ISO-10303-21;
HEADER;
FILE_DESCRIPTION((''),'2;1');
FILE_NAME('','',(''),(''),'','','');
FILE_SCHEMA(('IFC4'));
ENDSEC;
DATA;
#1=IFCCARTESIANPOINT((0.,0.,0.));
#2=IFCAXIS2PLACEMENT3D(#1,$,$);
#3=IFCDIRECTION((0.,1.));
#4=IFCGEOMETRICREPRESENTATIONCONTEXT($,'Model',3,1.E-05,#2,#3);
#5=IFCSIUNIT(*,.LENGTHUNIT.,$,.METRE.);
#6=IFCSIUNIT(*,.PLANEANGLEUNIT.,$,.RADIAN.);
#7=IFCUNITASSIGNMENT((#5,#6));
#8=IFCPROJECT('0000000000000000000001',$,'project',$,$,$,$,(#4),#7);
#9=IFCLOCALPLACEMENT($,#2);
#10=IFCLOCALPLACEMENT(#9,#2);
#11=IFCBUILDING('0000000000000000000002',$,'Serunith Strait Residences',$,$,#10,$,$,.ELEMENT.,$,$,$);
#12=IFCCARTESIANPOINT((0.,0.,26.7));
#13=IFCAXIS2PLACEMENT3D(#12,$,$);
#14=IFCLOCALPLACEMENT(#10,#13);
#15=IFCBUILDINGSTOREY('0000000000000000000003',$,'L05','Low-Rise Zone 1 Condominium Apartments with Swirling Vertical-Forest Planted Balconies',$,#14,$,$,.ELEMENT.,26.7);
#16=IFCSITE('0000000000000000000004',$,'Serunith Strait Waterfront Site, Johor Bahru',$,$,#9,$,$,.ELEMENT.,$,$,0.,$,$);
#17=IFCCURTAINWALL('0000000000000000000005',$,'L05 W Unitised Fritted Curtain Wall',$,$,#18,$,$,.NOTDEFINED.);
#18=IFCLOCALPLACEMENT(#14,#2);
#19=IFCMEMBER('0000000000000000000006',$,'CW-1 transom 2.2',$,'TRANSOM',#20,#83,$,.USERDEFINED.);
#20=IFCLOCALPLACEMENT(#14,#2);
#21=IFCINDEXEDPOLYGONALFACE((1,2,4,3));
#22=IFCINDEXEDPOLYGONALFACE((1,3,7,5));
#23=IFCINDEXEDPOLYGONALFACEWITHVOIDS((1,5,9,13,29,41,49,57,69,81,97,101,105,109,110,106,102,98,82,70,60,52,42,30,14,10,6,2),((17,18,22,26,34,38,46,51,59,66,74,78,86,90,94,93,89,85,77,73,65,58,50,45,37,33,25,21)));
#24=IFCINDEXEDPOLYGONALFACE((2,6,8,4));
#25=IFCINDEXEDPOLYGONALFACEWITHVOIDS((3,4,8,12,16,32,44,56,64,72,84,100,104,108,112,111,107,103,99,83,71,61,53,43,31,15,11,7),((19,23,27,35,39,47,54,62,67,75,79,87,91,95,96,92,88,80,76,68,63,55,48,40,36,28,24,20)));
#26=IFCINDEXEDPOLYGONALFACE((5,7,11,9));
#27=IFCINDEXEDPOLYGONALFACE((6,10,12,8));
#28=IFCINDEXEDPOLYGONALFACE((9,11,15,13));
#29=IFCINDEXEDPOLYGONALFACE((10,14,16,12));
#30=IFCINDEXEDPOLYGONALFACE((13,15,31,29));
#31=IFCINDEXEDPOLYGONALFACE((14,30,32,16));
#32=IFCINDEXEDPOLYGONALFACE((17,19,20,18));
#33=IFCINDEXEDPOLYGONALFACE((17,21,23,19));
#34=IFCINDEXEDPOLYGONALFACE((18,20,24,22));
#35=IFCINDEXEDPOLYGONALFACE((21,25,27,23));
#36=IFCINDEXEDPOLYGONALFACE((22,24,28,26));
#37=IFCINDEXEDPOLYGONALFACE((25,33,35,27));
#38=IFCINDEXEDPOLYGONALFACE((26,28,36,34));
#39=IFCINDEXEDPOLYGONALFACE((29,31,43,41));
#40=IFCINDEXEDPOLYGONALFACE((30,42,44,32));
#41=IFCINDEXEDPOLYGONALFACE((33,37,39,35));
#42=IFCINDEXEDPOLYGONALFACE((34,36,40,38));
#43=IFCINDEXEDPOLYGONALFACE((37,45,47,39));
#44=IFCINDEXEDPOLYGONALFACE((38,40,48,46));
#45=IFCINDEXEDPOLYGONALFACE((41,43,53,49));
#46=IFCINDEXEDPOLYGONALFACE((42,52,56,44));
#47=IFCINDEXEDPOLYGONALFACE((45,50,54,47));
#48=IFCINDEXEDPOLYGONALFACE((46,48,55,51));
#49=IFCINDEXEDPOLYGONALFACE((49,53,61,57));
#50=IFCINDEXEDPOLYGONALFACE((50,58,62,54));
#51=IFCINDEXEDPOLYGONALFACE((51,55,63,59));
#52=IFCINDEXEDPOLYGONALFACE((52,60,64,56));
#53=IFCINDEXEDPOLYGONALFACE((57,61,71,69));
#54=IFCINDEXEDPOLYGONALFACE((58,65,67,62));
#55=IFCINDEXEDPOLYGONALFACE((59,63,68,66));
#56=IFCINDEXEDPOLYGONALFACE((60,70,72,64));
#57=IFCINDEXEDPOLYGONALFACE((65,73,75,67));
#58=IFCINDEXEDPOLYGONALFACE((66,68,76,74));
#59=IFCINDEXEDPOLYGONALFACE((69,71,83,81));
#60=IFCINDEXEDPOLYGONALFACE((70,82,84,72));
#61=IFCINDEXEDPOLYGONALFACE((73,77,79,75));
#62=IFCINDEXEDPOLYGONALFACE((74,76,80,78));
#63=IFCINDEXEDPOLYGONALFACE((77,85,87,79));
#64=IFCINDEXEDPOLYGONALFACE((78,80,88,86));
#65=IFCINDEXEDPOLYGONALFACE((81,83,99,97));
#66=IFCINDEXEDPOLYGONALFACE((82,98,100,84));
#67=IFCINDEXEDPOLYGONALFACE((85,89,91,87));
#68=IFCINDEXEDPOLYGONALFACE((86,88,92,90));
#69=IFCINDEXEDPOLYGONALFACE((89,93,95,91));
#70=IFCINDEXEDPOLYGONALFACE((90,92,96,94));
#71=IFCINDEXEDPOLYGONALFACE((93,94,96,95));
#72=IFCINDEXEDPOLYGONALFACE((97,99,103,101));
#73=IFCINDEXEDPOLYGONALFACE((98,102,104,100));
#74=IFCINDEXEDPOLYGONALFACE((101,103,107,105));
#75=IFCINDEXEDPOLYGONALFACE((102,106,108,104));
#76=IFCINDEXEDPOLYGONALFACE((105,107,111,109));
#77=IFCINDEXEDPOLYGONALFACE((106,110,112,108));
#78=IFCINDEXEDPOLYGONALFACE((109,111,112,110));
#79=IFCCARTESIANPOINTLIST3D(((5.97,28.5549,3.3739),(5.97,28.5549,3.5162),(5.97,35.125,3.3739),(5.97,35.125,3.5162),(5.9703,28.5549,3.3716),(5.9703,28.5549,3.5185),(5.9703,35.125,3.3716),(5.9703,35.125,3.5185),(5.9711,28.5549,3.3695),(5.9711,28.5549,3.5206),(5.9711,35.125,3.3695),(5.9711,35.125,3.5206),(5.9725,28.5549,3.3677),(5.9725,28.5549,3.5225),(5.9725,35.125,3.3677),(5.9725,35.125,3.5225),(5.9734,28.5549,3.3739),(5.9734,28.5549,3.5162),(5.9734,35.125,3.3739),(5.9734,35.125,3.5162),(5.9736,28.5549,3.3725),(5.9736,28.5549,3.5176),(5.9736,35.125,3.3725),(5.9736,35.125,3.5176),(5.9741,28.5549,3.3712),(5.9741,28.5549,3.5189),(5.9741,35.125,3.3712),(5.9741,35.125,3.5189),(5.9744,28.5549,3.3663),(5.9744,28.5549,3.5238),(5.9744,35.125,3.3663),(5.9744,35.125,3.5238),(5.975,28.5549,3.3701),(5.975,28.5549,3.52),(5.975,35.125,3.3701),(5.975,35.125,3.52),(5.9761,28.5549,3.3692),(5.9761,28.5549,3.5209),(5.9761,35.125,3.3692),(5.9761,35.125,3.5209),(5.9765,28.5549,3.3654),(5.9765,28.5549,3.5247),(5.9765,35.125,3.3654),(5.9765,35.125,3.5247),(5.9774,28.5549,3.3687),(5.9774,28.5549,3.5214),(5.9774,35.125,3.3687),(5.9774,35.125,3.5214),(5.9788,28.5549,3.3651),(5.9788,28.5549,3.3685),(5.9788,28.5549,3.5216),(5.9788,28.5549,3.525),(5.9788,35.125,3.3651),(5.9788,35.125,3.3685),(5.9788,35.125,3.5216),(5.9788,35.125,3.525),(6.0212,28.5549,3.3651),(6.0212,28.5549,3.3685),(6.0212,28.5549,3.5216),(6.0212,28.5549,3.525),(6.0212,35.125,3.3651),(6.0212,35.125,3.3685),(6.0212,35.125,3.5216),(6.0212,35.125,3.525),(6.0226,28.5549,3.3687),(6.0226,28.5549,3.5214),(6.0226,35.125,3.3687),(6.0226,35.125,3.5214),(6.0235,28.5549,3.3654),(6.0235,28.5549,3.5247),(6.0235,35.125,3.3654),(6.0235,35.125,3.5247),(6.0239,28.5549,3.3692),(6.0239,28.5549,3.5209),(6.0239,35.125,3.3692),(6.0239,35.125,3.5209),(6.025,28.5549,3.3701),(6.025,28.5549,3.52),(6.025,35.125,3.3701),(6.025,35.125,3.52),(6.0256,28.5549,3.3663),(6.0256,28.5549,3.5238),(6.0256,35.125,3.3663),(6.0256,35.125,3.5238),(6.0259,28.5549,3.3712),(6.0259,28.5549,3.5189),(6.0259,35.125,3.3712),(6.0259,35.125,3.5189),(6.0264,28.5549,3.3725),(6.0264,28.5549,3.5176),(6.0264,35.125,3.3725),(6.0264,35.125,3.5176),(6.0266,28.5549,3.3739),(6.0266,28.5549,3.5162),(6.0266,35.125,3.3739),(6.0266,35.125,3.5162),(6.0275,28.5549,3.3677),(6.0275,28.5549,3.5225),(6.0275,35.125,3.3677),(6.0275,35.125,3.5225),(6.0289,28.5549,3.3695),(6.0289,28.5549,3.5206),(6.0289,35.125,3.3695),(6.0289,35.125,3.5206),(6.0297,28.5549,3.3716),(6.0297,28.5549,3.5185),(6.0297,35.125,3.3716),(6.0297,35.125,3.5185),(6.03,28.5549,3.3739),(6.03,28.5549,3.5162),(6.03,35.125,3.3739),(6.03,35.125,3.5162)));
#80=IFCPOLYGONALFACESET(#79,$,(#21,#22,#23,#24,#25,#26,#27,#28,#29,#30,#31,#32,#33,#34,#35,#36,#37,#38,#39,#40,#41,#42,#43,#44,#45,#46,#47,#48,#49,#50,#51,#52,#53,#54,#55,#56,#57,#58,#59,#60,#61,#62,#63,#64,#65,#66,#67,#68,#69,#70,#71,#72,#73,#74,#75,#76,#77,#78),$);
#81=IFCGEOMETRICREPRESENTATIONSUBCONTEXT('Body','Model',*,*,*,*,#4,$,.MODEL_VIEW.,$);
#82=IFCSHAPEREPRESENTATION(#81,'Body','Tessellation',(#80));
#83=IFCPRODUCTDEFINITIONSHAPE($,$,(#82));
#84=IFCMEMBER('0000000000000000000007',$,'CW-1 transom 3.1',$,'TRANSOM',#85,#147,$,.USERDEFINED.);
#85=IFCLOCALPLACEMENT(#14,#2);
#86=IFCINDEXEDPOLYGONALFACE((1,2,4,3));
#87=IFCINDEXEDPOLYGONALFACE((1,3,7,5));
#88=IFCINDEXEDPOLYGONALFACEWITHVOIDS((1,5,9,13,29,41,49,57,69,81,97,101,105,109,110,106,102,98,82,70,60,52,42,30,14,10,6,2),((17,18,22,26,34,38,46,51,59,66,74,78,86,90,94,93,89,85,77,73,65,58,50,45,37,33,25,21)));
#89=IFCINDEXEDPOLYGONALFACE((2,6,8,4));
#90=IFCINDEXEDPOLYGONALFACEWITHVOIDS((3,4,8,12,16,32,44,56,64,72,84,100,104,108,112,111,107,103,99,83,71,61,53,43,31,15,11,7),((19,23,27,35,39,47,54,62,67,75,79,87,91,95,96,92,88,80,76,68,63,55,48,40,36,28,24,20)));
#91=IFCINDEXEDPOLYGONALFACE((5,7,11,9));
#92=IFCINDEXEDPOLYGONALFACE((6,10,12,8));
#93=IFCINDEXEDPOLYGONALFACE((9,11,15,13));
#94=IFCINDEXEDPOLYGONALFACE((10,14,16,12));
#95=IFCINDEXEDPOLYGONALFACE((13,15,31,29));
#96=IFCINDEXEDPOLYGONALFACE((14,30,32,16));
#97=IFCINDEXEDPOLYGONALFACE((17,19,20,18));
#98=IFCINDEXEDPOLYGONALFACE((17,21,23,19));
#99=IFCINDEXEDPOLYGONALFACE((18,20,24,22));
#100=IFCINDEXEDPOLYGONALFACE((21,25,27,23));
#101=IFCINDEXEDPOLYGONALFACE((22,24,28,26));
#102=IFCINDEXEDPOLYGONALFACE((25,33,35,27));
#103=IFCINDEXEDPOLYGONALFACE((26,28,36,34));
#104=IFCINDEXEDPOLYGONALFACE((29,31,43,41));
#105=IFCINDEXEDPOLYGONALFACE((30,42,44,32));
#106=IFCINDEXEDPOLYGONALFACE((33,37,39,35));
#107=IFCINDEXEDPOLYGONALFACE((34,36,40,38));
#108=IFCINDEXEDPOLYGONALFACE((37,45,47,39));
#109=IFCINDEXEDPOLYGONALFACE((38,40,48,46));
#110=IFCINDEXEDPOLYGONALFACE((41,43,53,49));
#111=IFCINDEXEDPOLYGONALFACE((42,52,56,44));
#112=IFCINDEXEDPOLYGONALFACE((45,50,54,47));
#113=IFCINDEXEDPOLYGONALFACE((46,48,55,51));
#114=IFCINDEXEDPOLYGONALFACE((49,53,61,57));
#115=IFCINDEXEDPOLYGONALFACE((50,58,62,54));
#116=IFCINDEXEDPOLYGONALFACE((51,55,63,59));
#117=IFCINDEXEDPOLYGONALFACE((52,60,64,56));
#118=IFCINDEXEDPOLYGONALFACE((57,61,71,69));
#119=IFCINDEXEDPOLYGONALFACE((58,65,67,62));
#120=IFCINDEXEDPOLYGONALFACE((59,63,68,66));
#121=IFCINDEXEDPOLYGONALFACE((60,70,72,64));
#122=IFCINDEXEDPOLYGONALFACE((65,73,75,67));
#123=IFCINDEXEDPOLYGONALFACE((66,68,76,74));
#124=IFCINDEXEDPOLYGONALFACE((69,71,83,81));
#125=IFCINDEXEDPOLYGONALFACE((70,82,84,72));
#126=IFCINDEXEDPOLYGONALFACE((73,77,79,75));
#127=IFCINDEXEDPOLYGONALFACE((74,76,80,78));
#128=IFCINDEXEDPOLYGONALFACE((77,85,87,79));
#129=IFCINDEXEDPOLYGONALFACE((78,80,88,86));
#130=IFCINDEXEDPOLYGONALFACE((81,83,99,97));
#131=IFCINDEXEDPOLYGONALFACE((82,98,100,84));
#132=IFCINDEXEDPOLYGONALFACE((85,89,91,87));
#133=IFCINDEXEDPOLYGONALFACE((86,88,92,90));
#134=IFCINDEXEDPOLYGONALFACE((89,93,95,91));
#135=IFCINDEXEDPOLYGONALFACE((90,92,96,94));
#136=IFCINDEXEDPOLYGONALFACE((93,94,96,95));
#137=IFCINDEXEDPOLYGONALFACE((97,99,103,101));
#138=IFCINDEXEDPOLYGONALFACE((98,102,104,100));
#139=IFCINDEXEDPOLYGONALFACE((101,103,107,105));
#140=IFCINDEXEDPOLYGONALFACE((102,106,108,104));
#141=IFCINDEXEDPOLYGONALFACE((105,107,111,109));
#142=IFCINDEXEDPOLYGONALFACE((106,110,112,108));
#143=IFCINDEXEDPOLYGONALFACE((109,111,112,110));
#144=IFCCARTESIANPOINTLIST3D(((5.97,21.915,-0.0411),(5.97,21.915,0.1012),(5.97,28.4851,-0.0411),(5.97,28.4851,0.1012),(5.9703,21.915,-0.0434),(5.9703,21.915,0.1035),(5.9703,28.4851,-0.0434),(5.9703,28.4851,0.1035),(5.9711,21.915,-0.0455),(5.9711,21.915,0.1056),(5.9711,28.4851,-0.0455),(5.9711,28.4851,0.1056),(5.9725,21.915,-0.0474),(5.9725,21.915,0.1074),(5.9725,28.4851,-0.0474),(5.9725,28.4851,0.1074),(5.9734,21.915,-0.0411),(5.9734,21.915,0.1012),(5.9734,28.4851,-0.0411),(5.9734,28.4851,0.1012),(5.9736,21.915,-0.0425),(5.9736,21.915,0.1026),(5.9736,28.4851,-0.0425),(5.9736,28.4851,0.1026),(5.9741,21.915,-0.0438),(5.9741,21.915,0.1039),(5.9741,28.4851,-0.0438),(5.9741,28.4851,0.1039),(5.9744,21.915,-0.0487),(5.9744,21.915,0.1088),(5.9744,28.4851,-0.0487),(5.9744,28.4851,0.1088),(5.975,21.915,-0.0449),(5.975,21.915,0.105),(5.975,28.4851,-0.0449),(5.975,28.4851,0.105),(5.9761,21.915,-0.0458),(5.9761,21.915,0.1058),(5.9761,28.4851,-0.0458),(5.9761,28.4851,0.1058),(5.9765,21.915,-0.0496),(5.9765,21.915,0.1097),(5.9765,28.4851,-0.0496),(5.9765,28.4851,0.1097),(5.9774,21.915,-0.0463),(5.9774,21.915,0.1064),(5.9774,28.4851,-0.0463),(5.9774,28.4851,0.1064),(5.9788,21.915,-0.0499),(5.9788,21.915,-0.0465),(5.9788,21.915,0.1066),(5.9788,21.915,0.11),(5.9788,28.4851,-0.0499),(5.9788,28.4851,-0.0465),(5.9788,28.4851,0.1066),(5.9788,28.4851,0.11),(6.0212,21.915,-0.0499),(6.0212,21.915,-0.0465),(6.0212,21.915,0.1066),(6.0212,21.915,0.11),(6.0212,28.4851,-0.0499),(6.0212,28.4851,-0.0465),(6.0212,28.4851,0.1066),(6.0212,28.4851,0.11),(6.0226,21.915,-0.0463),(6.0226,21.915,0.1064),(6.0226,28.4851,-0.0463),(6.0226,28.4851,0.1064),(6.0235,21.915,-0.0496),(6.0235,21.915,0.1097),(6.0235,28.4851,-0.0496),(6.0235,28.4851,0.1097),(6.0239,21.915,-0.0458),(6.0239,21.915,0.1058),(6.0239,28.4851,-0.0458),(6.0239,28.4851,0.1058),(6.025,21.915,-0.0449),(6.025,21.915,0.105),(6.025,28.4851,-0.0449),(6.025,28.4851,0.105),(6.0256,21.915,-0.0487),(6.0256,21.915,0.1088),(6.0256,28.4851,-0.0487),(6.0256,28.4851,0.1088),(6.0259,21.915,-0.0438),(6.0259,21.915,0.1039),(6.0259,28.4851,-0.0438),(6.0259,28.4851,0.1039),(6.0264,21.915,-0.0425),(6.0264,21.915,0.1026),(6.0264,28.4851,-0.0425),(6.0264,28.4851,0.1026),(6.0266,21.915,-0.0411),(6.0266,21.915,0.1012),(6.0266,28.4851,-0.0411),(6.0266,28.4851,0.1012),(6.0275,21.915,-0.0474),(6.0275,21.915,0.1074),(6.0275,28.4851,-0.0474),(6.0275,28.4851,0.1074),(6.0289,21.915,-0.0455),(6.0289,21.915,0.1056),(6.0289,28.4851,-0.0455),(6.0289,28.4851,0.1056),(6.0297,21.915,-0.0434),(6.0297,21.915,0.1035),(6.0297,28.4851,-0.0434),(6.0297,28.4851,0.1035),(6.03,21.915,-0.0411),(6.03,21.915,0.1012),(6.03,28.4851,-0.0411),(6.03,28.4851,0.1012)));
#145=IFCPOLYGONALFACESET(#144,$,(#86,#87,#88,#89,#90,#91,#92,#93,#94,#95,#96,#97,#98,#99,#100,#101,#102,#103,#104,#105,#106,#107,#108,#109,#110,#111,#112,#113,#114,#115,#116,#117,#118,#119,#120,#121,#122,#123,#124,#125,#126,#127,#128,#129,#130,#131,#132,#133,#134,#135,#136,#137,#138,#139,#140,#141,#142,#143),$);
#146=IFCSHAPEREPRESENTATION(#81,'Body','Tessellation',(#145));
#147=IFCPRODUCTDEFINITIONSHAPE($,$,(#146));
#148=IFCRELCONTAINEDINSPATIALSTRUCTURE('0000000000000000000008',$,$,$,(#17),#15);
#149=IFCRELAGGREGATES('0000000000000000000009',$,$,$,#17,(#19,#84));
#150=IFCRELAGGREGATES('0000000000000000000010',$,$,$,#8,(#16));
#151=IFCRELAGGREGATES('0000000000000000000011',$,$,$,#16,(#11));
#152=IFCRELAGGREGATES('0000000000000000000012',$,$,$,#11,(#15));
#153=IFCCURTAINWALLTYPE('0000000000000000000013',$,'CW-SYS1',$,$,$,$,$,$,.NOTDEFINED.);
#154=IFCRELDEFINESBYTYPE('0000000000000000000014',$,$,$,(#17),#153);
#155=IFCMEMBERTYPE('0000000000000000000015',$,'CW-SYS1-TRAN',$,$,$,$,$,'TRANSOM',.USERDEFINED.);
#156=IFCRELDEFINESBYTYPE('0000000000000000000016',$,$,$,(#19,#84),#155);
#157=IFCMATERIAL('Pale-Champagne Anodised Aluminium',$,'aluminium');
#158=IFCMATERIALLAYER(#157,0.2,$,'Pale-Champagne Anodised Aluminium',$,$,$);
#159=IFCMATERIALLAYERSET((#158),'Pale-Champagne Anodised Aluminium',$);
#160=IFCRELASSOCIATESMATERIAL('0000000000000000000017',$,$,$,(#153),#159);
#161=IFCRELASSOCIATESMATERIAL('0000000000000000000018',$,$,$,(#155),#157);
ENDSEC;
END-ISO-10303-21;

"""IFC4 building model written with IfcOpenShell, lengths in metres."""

from ifc_helpers import new_model, si_unit, direction, frame, origin, origin_2d, place, context, subcontext, project, spatial, hollow_rectangle, extrude, source, transform, mapped, material, layer, layer_set, material_profile, profile_set, type_object, element, aggregate, save


model = new_model("IFC4")

# Units and contexts
model_context = context("Model", 3, precision=1e-05, world=origin(), true_north=direction((0.0, 1.0)))
body_context = subcontext(model_context, "Body", "Model", "MODEL_VIEW")
ifc_project = project(units=[si_unit("LENGTHUNIT", "METRE"), si_unit("PLANEANGLEUNIT", "RADIAN")], contexts=[model_context])

# Site, building, storey
site_placement = place(None, origin())
site = spatial("IfcSite", under=ifc_project, at=site_placement, Name="Serunith Strait Waterfront Site, Johor Bahru", CompositionType="ELEMENT", RefElevation=0.0)
building_placement = place(site_placement, origin())
building = spatial("IfcBuilding", under=site, at=building_placement, Name="Serunith Strait Residences", CompositionType="ELEMENT")
storey_placement = place(building_placement, frame((0.0, 0.0, 26.7)))
storey = spatial("IfcBuildingStorey", under=building, at=storey_placement, Name="L05", Description="Low-Rise Zone 1 Condominium Apartments with Swirling Vertical-Forest Planted Balconies", CompositionType="ELEMENT", Elevation=26.7)

# Curtain wall, members
ifc_material_1 = material(Name="Pale-Champagne Anodised Aluminium", Category="aluminium")
ifc_layer_1 = layer(ifc_material_1, 0.2, Name="Pale-Champagne Anodised Aluminium")
ifc_layer_set_1 = layer_set([ifc_layer_1], Name="Pale-Champagne Anodised Aluminium")
curtain_wall_type = type_object("IfcCurtainWallType", Name="CW-SYS1", PredefinedType="NOTDEFINED", material=ifc_layer_set_1)
curtain_wall_placement = place(storey_placement, origin())
curtain_wall = element("IfcCurtainWall", 1, at=curtain_wall_placement, inside=storey, type_object=curtain_wall_type, Name="L05 W Unitised Fritted Curtain Wall", PredefinedType="NOTDEFINED")
ifc_material_profile_1 = material_profile(ifc_material_1, hollow_rectangle(XDim=0.0601, YDim=0.1599, WallThickness=0.0034, InnerFilletRadius=0.0054, OuterFilletRadius=0.0088, at=origin_2d()), Name="ALU 160x60x3.5")
ifc_profile_set_1 = profile_set([ifc_material_profile_1], Name="Pale-Champagne Anodised Aluminium")
member_type_1 = type_object("IfcMemberType", Name="CW-SYS1-TRAN", ElementType="TRANSOM", PredefinedType="USERDEFINED", material=ifc_profile_set_1)
shared_shape_1 = source(origin(), body_context, "Body", "SweptSolid", [
    extrude(hollow_rectangle(XDim=0.0601, YDim=0.1599, WallThickness=0.0034, InnerFilletRadius=0.0054, OuterFilletRadius=0.0088, at=origin_2d()), origin(), (0.0, 0.0, 1.0), 6.5701),
])
member_1_placement = place(storey_placement, frame((6.0, 35.125, 3.4451), z_axis=(0.0, -1.0, 0.0), x_axis=(1.0, 0.0, 0.0)))
member_1 = element("IfcMember", 2, at=member_1_placement, type_object=member_type_1, Name="CW-1 transom 2.2", ObjectType="TRANSOM", PredefinedType="USERDEFINED", context=body_context, shape_type="MappedRepresentation", body=[
    mapped(shared_shape_1, transform((0.0, 0.0, 0.0), scale=1.0)),
])
member_2_placement = place(storey_placement, frame((6.0, 28.4851, 0.03), z_axis=(0.0, -1.0, 0.0), x_axis=(1.0, 0.0, 0.0)))
member_2 = element("IfcMember", 3, at=member_2_placement, type_object=member_type_1, Name="CW-1 transom 3.1", ObjectType="TRANSOM", PredefinedType="USERDEFINED", context=body_context, shape_type="MappedRepresentation", body=[
    mapped(shared_shape_1, transform((0.0, 0.0, 0.0), scale=1.0)),
])
aggregate(curtain_wall, [member_1, member_2])

save(model, "model.ifc")
